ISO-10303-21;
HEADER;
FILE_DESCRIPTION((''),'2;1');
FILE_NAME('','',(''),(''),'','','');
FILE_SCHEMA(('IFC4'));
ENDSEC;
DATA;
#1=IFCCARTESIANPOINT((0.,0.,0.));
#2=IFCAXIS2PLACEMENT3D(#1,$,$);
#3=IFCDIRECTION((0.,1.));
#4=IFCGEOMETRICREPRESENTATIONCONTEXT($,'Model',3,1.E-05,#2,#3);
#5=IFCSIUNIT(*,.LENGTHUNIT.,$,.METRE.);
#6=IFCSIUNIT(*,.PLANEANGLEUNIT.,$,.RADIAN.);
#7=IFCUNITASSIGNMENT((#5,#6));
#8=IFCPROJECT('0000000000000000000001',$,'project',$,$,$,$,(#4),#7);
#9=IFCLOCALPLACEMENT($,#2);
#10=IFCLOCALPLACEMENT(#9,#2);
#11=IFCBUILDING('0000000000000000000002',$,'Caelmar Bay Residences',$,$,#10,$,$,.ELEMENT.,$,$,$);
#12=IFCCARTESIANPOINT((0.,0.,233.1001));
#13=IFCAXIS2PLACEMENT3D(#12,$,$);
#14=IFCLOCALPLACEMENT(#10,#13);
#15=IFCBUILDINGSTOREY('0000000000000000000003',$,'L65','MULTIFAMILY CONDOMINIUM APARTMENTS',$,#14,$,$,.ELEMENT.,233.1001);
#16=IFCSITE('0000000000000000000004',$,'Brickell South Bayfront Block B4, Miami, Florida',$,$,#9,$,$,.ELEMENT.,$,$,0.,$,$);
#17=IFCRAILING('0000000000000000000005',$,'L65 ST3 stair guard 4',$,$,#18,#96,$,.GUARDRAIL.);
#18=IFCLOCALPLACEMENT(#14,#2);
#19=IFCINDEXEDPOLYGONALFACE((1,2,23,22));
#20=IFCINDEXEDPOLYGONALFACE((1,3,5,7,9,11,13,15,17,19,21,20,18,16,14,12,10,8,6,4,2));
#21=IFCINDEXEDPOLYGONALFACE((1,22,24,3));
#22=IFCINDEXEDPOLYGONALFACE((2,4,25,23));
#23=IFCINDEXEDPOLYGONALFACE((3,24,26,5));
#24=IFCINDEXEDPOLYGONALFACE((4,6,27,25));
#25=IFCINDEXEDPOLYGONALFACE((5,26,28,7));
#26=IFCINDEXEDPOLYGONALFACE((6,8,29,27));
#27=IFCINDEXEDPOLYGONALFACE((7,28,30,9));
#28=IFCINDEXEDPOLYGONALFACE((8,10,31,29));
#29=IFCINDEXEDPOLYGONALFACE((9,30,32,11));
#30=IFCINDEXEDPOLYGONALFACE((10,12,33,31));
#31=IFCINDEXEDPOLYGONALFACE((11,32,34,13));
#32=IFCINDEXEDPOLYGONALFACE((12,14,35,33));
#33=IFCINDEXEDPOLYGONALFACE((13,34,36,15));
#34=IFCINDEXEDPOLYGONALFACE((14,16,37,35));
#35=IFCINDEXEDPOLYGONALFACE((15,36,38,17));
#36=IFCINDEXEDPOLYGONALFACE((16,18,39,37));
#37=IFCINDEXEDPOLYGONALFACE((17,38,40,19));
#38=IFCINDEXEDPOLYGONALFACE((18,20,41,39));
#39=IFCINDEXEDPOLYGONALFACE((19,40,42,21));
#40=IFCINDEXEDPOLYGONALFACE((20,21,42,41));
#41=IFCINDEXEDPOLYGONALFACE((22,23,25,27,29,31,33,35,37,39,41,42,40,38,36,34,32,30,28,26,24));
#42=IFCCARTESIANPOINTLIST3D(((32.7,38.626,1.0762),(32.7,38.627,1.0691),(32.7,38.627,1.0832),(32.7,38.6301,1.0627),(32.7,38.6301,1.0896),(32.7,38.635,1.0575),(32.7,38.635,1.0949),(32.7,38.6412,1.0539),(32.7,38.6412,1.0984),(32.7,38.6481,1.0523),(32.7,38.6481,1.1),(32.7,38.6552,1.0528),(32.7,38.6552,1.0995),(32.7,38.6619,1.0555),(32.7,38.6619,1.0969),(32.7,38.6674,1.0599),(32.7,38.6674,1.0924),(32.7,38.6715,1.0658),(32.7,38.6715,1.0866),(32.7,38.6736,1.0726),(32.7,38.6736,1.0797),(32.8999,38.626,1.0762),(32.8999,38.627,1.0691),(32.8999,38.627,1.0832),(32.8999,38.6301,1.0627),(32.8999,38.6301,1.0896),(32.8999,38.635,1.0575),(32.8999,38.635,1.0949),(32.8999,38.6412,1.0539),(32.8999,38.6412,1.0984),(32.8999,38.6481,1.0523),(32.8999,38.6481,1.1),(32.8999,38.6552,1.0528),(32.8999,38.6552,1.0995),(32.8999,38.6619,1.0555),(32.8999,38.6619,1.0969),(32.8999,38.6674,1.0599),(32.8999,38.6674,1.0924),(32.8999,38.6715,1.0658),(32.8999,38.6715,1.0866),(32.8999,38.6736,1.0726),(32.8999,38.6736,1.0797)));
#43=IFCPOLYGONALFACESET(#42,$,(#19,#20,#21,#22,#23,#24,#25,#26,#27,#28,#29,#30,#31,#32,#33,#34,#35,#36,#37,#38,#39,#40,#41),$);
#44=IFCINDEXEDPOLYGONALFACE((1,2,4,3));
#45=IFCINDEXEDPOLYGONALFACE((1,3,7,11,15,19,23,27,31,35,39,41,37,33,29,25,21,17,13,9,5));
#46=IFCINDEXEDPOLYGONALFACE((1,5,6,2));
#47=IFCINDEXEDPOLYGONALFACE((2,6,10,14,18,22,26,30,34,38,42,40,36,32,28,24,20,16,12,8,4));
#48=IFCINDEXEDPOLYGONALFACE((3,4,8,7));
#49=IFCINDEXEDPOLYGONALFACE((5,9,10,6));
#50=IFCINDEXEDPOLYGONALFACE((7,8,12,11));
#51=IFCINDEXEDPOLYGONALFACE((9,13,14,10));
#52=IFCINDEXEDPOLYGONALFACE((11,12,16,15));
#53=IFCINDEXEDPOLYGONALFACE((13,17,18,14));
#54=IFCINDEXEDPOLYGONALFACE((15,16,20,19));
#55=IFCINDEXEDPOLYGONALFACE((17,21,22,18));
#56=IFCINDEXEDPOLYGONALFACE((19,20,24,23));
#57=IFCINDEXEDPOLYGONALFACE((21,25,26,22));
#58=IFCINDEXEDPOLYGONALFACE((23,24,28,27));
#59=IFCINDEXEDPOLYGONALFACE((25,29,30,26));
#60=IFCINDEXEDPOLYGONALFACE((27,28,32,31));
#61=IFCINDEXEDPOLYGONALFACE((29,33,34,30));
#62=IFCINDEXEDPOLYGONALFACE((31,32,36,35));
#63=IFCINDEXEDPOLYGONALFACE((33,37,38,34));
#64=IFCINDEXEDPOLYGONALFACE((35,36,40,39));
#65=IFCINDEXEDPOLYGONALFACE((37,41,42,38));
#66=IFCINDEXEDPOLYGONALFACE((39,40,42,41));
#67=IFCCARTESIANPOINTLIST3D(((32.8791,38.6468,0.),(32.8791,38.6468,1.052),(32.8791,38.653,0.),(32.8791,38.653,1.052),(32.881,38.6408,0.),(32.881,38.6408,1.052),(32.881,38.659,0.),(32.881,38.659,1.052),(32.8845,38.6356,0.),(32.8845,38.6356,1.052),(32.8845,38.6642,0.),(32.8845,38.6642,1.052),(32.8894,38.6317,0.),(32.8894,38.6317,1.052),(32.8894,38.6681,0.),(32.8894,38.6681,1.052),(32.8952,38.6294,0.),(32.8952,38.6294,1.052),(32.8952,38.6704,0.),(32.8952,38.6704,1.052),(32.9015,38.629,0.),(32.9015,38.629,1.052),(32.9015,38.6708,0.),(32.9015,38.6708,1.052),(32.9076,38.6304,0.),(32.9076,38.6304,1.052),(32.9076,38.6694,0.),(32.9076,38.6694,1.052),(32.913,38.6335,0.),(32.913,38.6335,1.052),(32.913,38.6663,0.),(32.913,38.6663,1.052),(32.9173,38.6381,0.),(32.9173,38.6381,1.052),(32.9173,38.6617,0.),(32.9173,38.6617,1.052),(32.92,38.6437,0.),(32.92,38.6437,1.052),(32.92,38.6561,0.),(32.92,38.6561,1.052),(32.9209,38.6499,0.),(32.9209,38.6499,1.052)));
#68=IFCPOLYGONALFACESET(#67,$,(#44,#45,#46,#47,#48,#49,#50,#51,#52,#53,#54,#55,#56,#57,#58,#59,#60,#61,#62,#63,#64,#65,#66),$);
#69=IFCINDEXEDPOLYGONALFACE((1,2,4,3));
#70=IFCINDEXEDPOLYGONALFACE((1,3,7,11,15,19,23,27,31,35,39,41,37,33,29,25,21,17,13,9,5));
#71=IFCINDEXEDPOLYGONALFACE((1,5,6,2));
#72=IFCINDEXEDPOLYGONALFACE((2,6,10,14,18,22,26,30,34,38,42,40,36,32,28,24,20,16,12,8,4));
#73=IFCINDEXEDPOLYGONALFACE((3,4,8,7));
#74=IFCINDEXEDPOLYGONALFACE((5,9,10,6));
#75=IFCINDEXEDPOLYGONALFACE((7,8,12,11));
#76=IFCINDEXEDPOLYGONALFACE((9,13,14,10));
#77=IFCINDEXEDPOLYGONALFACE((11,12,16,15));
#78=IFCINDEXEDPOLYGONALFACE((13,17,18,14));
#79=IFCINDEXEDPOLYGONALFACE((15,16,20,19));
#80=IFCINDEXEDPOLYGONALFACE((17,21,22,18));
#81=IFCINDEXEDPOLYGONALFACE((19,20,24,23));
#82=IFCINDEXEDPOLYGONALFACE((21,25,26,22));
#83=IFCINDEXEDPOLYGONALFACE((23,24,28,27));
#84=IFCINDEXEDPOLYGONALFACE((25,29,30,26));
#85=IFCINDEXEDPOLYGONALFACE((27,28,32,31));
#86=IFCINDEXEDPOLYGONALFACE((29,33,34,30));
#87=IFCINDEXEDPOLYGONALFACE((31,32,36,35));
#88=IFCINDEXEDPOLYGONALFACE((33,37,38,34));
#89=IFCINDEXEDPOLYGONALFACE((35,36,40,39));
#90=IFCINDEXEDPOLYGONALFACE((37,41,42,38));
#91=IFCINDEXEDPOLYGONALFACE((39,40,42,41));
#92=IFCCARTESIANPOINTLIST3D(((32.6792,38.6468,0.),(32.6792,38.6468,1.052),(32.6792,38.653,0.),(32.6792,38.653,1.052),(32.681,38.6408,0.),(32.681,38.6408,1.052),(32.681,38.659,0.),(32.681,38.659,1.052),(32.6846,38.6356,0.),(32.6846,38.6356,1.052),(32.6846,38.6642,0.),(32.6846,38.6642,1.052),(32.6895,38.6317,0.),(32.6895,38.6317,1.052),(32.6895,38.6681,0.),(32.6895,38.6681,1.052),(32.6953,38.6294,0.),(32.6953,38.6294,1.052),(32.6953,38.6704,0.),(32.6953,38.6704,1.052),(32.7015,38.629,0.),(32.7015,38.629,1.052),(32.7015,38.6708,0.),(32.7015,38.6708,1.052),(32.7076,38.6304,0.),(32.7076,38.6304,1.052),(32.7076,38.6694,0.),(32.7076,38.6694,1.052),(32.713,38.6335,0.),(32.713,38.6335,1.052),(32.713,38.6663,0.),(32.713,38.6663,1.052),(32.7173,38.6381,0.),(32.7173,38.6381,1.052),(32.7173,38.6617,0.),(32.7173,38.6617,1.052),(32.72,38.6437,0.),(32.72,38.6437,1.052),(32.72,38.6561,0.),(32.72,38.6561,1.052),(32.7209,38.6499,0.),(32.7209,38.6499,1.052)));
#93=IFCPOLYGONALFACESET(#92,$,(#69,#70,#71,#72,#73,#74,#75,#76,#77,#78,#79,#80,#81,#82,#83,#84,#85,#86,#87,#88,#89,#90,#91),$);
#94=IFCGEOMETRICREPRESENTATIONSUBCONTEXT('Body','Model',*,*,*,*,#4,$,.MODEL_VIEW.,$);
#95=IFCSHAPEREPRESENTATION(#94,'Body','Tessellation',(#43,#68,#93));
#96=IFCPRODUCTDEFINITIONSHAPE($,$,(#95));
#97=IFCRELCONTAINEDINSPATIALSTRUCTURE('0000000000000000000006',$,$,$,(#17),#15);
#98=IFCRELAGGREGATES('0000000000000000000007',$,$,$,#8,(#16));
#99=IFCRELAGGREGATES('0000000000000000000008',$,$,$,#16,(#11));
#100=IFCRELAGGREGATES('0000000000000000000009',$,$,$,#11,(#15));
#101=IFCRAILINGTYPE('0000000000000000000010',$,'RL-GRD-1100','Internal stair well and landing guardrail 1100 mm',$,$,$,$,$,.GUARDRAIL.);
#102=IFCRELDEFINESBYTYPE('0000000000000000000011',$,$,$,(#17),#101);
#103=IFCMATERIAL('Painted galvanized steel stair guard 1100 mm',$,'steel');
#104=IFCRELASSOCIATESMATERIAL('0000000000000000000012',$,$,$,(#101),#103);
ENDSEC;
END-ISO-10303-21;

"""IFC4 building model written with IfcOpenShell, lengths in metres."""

from ifc_helpers import new_model, si_unit, direction, frame, origin, origin_2d, place, context, subcontext, project, spatial, circle, extrude, material, type_object, element, save


model = new_model("IFC4")

# Units and contexts
model_context = context("Model", 3, precision=1e-05, world=origin(), true_north=direction((0.0, 1.0)))
body_context = subcontext(model_context, "Body", "Model", "MODEL_VIEW")
ifc_project = project(units=[si_unit("LENGTHUNIT", "METRE"), si_unit("PLANEANGLEUNIT", "RADIAN")], contexts=[model_context])

# Site, building, storey
site_placement = place(None, origin())
site = spatial("IfcSite", under=ifc_project, at=site_placement, Name="Brickell South Bayfront Block B4, Miami, Florida", CompositionType="ELEMENT", RefElevation=0.0)
building_placement = place(site_placement, origin())
building = spatial("IfcBuilding", under=site, at=building_placement, Name="Caelmar Bay Residences", CompositionType="ELEMENT")
storey_placement = place(building_placement, frame((0.0, 0.0, 233.1001)))
storey = spatial("IfcBuildingStorey", under=building, at=storey_placement, Name="L65", Description="MULTIFAMILY CONDOMINIUM APARTMENTS", CompositionType="ELEMENT", Elevation=233.1001)

# Railing
ifc_material_1 = material(Name="Painted galvanized steel stair guard 1100 mm", Category="steel")
railing_type_1 = type_object("IfcRailingType", Name="RL-GRD-1100", Description="Internal stair well and landing guardrail 1100 mm", PredefinedType="GUARDRAIL", material=ifc_material_1)
railing_1_placement = place(storey_placement, frame((32.8999, 38.6499, 0.0)))
element("IfcRailing", 1, at=railing_1_placement, inside=storey, type_object=railing_type_1, Name="L65 ST3 stair guard 4", PredefinedType="GUARDRAIL", context=body_context, shape_type="SweptSolid", body=[
    extrude(circle(Radius=0.0239, at=origin_2d()), frame((0.0, 0.0, 1.0762), z_axis=(-1.0, 0.0, 0.0), x_axis=(0.0, -1.0, 0.0)), (0.0, 0.0, 1.0), 0.2),
    extrude(circle(Radius=0.021, at=origin_2d()), origin(), (0.0, 0.0, 1.0), 1.052),
    extrude(circle(Radius=0.021, at=origin_2d()), frame((-0.2, 0.0, 0.0)), (0.0, 0.0, 1.0), 1.052),
])

save(model, "model.ifc")
